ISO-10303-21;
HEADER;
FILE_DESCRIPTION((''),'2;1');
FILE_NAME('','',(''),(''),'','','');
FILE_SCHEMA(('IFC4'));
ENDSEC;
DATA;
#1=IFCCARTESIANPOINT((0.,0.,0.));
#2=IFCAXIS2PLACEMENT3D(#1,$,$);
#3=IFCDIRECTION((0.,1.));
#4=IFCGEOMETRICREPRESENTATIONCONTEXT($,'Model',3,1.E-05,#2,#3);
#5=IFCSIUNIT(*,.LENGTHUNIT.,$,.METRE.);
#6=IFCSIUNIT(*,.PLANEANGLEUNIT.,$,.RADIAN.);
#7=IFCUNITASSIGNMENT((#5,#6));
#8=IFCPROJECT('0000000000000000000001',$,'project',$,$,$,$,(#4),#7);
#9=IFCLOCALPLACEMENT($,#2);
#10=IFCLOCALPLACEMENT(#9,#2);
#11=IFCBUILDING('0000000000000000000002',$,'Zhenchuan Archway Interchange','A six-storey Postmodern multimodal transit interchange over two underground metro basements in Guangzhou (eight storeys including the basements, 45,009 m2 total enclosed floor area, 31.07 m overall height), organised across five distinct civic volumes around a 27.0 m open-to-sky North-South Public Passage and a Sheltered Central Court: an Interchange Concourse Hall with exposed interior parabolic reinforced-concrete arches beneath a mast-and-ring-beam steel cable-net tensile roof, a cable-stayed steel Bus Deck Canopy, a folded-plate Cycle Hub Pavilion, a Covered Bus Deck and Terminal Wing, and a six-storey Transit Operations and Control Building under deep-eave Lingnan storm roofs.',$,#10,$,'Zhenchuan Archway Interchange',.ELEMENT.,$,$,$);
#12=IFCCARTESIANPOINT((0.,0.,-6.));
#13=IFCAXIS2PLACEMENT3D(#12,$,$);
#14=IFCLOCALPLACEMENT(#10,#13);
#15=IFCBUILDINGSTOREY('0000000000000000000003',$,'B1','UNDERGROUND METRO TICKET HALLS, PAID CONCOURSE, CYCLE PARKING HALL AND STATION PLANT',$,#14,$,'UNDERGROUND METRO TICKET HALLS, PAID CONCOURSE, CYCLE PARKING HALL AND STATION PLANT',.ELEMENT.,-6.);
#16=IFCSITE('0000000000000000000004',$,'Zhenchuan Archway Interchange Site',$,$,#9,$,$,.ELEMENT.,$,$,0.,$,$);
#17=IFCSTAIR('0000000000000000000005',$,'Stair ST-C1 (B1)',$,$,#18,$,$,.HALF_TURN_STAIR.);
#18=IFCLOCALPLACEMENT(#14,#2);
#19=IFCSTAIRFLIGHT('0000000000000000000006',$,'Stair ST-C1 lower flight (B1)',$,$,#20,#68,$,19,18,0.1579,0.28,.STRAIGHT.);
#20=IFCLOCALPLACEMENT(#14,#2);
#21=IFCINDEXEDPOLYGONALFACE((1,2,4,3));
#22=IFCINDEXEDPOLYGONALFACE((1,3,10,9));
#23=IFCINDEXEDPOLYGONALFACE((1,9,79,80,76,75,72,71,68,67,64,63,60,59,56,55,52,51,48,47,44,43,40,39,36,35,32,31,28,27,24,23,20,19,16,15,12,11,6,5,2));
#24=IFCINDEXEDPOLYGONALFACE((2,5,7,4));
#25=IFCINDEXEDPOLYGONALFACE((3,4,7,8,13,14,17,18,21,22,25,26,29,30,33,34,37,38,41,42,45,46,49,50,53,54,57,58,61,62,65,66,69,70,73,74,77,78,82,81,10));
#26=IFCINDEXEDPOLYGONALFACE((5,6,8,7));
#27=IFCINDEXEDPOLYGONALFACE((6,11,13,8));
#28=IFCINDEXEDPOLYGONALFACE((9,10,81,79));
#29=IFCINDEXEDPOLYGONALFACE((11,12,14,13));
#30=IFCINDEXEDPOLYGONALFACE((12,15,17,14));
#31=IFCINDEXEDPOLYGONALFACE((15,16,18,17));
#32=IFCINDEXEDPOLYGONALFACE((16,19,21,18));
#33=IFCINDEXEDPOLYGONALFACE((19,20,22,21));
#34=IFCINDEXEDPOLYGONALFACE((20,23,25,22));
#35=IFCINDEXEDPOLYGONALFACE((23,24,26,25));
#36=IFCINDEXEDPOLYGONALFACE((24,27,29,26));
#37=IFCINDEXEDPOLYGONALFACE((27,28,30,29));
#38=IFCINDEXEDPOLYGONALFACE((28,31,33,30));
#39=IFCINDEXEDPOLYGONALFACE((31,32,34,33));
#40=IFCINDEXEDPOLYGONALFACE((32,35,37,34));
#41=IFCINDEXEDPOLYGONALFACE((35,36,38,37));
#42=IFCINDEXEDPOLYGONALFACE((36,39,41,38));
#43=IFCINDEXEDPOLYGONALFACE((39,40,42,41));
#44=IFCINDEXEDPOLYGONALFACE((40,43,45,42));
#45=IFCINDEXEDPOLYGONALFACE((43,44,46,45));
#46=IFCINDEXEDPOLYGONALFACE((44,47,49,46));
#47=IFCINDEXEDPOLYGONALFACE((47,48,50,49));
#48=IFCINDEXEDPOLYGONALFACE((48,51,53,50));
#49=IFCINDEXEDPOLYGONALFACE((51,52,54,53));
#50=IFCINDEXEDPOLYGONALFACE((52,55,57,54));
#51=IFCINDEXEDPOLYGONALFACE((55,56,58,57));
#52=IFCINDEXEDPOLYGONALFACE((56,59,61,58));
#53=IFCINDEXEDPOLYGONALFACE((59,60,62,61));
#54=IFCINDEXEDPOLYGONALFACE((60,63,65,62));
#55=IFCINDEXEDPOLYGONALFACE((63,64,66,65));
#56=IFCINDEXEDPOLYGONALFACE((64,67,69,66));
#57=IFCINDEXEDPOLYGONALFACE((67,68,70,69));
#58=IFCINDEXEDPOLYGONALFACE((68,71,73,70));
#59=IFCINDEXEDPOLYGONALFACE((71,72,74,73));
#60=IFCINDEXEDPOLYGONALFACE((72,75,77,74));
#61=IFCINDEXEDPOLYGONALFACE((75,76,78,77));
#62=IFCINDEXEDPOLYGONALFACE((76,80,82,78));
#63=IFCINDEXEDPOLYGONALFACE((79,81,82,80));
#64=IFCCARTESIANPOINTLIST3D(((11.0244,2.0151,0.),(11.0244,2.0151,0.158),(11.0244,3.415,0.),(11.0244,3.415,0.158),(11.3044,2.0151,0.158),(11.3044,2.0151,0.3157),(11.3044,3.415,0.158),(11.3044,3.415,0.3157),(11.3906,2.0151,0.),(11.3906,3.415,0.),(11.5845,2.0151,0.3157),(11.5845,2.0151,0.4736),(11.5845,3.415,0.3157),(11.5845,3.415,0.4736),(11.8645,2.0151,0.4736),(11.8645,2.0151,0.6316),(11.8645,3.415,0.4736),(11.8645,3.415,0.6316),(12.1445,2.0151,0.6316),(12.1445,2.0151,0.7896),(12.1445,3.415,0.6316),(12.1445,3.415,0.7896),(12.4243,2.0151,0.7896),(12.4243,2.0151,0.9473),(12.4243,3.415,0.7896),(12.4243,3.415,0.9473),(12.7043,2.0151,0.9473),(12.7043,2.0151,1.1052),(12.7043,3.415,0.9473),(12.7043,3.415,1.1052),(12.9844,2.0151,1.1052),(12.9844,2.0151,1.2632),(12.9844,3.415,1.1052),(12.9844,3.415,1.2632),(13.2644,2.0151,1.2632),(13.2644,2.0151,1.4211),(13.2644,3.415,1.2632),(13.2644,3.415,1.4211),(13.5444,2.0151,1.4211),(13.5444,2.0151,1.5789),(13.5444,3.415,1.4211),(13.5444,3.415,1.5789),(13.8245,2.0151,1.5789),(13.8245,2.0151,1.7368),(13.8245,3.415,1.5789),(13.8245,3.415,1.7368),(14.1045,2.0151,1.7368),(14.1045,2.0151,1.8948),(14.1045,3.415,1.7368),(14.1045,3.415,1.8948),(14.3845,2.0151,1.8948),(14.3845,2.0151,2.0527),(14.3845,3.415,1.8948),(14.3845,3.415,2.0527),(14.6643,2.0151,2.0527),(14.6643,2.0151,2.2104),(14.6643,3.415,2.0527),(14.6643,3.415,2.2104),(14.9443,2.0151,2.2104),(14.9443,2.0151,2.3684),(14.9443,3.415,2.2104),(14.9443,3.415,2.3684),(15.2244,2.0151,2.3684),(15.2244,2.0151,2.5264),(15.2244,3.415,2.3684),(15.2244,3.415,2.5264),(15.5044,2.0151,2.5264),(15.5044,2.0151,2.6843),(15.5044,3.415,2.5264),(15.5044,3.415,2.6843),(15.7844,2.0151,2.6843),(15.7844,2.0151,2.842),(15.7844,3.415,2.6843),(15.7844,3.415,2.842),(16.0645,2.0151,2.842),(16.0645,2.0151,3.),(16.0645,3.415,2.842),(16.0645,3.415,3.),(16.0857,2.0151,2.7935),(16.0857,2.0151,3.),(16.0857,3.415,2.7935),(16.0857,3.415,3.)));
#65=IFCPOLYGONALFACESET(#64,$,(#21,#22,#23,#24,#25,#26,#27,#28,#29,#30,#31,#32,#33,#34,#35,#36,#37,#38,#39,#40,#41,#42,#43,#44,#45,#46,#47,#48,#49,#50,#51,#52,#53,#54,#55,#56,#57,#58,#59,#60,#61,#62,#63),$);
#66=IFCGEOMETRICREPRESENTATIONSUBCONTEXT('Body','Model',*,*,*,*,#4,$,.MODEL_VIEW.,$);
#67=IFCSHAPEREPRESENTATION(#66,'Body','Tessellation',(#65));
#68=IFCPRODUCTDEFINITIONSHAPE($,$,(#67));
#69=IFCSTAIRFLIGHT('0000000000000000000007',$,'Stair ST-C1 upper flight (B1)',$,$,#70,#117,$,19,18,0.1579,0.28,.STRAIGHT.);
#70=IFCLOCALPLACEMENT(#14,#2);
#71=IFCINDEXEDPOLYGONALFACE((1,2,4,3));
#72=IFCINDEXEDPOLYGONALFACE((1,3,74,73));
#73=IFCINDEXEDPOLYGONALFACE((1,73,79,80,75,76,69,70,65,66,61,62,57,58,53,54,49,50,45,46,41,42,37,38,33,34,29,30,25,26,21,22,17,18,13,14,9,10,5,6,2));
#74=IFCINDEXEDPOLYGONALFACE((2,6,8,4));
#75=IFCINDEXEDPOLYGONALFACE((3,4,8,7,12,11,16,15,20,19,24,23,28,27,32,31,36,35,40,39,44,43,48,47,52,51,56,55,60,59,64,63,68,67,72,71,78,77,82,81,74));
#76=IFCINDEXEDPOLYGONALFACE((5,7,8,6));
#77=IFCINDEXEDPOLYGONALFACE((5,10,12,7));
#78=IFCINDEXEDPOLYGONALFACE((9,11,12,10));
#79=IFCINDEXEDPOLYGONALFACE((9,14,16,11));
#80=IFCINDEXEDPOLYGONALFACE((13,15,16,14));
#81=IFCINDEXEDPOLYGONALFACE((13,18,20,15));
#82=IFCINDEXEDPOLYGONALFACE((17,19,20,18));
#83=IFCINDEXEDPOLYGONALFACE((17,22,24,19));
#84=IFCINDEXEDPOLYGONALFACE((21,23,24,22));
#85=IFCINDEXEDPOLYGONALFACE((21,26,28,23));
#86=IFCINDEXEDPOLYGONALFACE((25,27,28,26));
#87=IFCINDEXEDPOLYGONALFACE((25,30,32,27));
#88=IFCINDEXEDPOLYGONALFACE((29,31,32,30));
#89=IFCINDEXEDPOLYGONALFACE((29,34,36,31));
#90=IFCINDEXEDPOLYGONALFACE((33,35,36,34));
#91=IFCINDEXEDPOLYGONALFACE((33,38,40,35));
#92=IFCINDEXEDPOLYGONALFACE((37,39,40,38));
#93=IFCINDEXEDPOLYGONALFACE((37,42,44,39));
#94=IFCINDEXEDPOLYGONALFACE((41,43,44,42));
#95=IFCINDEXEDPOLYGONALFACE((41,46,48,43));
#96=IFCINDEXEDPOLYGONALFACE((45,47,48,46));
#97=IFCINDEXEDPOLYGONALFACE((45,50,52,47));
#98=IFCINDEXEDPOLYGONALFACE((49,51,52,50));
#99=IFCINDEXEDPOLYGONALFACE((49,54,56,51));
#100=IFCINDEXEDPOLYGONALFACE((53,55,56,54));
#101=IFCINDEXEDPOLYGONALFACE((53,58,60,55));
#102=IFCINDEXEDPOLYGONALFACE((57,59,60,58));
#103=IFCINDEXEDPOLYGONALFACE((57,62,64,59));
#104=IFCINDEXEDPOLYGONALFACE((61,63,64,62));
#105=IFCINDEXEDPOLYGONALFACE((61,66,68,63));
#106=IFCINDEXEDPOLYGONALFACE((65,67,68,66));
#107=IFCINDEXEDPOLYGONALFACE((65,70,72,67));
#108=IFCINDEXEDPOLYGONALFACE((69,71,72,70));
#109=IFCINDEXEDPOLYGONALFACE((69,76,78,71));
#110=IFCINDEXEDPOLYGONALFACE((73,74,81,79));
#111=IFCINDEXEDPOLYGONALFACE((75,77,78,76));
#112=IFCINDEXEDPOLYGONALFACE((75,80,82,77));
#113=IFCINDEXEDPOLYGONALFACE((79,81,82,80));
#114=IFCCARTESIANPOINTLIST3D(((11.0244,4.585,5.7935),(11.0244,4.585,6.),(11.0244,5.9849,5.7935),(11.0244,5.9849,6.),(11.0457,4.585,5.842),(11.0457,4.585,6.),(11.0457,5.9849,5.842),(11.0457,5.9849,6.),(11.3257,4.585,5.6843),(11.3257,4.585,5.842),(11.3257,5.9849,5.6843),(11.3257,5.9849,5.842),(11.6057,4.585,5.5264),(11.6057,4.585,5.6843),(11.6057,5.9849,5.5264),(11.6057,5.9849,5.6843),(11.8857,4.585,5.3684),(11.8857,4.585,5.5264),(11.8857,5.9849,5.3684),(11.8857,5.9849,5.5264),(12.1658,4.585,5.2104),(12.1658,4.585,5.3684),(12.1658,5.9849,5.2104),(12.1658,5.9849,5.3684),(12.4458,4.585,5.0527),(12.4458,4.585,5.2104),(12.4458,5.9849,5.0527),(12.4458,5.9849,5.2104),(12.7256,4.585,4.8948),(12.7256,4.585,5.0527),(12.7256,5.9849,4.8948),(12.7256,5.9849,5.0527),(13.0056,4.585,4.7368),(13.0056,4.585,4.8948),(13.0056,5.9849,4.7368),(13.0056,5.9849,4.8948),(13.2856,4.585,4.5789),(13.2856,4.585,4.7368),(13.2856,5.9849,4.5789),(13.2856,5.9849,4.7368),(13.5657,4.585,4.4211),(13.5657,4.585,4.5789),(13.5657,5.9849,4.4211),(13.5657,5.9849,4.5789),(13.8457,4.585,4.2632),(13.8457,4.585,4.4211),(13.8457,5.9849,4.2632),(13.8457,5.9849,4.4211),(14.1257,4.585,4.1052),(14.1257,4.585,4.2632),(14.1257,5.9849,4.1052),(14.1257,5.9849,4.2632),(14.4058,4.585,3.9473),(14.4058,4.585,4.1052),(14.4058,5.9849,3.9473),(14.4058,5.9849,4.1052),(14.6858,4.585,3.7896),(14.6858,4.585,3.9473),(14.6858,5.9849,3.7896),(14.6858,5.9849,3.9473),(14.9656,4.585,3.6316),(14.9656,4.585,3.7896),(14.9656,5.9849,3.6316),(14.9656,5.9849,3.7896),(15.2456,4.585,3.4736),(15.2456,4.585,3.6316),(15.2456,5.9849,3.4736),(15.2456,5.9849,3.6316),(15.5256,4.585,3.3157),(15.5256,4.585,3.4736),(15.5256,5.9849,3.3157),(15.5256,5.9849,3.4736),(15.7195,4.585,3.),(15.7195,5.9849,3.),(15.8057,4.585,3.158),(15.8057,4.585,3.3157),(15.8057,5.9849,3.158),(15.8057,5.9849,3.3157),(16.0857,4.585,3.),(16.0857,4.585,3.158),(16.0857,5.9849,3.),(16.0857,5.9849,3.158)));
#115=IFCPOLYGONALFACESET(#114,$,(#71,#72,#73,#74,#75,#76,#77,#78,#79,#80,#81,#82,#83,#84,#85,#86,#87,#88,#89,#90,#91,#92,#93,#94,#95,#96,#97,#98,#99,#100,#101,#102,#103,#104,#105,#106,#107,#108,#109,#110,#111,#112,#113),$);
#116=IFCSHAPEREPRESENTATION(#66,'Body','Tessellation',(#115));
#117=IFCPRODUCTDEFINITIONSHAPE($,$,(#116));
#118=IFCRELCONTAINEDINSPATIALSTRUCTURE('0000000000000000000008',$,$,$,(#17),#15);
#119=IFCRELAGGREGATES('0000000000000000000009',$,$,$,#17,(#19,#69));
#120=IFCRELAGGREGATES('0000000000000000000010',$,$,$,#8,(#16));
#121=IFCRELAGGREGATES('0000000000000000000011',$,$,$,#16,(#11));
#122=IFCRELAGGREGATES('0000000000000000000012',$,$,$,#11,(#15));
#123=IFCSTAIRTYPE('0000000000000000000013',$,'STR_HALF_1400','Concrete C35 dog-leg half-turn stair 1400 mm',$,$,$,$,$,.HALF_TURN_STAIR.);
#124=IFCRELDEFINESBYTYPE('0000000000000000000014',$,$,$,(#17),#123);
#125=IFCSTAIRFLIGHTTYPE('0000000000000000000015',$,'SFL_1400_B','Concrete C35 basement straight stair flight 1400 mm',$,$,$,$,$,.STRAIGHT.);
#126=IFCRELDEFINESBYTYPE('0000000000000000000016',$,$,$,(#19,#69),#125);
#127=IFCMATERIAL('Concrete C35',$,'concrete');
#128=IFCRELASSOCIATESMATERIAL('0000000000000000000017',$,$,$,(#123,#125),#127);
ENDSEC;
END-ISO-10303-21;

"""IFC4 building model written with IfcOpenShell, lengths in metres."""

from ifc_helpers import new_model, si_unit, direction, frame, origin, place, context, subcontext, project, spatial, polyline, outline, extrude, material, type_object, element, aggregate, save


model = new_model("IFC4")

# Units and contexts
model_context = context("Model", 3, precision=1e-05, world=origin(), true_north=direction((0.0, 1.0)))
body_context = subcontext(model_context, "Body", "Model", "MODEL_VIEW")
ifc_project = project(units=[si_unit("LENGTHUNIT", "METRE"), si_unit("PLANEANGLEUNIT", "RADIAN")], contexts=[model_context])

# Site, building, storey
site_placement = place(None, origin())
site = spatial("IfcSite", under=ifc_project, at=site_placement, Name="Zhenchuan Archway Interchange Site", CompositionType="ELEMENT", RefElevation=0.0)
building_placement = place(site_placement, origin())
building = spatial("IfcBuilding", under=site, at=building_placement, Name="Zhenchuan Archway Interchange", Description="A six-storey Postmodern multimodal transit interchange over two underground metro basements in Guangzhou (eight storeys including the basements, 45,009 m2 total enclosed floor area, 31.07 m overall height), organised across five distinct civic volumes around a 27.0 m open-to-sky North-South Public Passage and a Sheltered Central Court: an Interchange Concourse Hall with exposed interior parabolic reinforced-concrete arches beneath a mast-and-ring-beam steel cable-net tensile roof, a cable-stayed steel Bus Deck Canopy, a folded-plate Cycle Hub Pavilion, a Covered Bus Deck and Terminal Wing, and a six-storey Transit Operations and Control Building under deep-eave Lingnan storm roofs.", LongName="Zhenchuan Archway Interchange", CompositionType="ELEMENT")
storey_placement = place(building_placement, frame((0.0, 0.0, -6.0)))
storey = spatial("IfcBuildingStorey", under=building, at=storey_placement, Name="B1", Description="UNDERGROUND METRO TICKET HALLS, PAID CONCOURSE, CYCLE PARKING HALL AND STATION PLANT", LongName="UNDERGROUND METRO TICKET HALLS, PAID CONCOURSE, CYCLE PARKING HALL AND STATION PLANT", CompositionType="ELEMENT", Elevation=-6.0)

# Shared definitions
ifc_material_1 = material(Name="Concrete C35", Category="concrete")

# Stair, stair flights
stair_type = type_object("IfcStairType", Name="STR_HALF_1400", Description="Concrete C35 dog-leg half-turn stair 1400 mm", PredefinedType="HALF_TURN_STAIR", material=ifc_material_1)
stair_placement = place(storey_placement, origin())
stair = element("IfcStair", 1, at=stair_placement, inside=storey, type_object=stair_type, Name="Stair ST-C1 (B1)", PredefinedType="HALF_TURN_STAIR")
stair_flight_type = type_object("IfcStairFlightType", Name="SFL_1400_B", Description="Concrete C35 basement straight stair flight 1400 mm", PredefinedType="STRAIGHT", material=ifc_material_1)
stair_flight_1_placement = place(storey_placement, frame((11.0244, 2.7151, 0.0), z_axis=(0.0, 0.0, 1.0), x_axis=(1.0, 0.0, 0.0)))
stair_flight_1 = element("IfcStairFlight", 2, at=stair_flight_1_placement, type_object=stair_flight_type, Name="Stair ST-C1 lower flight (B1)", NumberOfRisers=19, NumberOfTreads=18, PredefinedType="STRAIGHT", RiserHeight=0.1579, TreadLength=0.28, context=body_context, shape_type="SweptSolid", body=[
    extrude(outline(polyline([(0.0, 0.0), (0.0, 0.158), (0.28, 0.158), (0.28, 0.3157), (0.5601, 0.3157), (0.5601, 0.4736), (0.8401, 0.4736), (0.8401, 0.6316), (1.1201, 0.6316), (1.1201, 0.7896), (1.3999, 0.7896), (1.3999, 0.9473), (1.6799, 0.9473), (1.6799, 1.1052), (1.96, 1.1052), (1.96, 1.2632), (2.24, 1.2632), (2.24, 1.4211), (2.52, 1.4211), (2.52, 1.5789), (2.8, 1.5789), (2.8, 1.7368), (3.0801, 1.7368), (3.0801, 1.8948), (3.3601, 1.8948), (3.3601, 2.0527), (3.6399, 2.0527), (3.6399, 2.2104), (3.9199, 2.2104), (3.9199, 2.3684), (4.2, 2.3684), (4.2, 2.5264), (4.48, 2.5264), (4.48, 2.6843), (4.76, 2.6843), (4.76, 2.842), (5.04, 2.842), (5.04, 3.0), (5.0613, 3.0), (5.0613, 2.7935), (0.3662, 0.0), (0.0, 0.0)])), frame((0.0, 0.7, 0.0), z_axis=(0.0, -1.0, 0.0), x_axis=(1.0, 0.0, 0.0)), (0.0, 0.0, 1.0), 1.3999),
])
stair_flight_2_placement = place(storey_placement, frame((16.0857, 5.2849, 3.0), z_axis=(0.0, 0.0, 1.0), x_axis=(-1.0, 0.0, 0.0)))
stair_flight_2 = element("IfcStairFlight", 3, at=stair_flight_2_placement, type_object=stair_flight_type, Name="Stair ST-C1 upper flight (B1)", NumberOfRisers=19, NumberOfTreads=18, PredefinedType="STRAIGHT", RiserHeight=0.1579, TreadLength=0.28, context=body_context, shape_type="SweptSolid", body=[
    extrude(outline(polyline([(0.0, 0.0), (0.0, 0.158), (0.28, 0.158), (0.28, 0.3157), (0.5601, 0.3157), (0.5601, 0.4736), (0.8401, 0.4736), (0.8401, 0.6316), (1.1201, 0.6316), (1.1201, 0.7896), (1.3999, 0.7896), (1.3999, 0.9473), (1.6799, 0.9473), (1.6799, 1.1052), (1.96, 1.1052), (1.96, 1.2632), (2.24, 1.2632), (2.24, 1.4211), (2.52, 1.4211), (2.52, 1.5789), (2.8, 1.5789), (2.8, 1.7368), (3.0801, 1.7368), (3.0801, 1.8948), (3.3601, 1.8948), (3.3601, 2.0527), (3.6399, 2.0527), (3.6399, 2.2104), (3.9199, 2.2104), (3.9199, 2.3684), (4.2, 2.3684), (4.2, 2.5264), (4.48, 2.5264), (4.48, 2.6843), (4.76, 2.6843), (4.76, 2.842), (5.04, 2.842), (5.04, 3.0), (5.0613, 3.0), (5.0613, 2.7935), (0.3662, 0.0), (0.0, 0.0)])), frame((0.0, 0.7, 0.0), z_axis=(0.0, -1.0, 0.0), x_axis=(1.0, 0.0, 0.0)), (0.0, 0.0, 1.0), 1.3999),
])
aggregate(stair, [stair_flight_1, stair_flight_2])

save(model, "model.ifc")
